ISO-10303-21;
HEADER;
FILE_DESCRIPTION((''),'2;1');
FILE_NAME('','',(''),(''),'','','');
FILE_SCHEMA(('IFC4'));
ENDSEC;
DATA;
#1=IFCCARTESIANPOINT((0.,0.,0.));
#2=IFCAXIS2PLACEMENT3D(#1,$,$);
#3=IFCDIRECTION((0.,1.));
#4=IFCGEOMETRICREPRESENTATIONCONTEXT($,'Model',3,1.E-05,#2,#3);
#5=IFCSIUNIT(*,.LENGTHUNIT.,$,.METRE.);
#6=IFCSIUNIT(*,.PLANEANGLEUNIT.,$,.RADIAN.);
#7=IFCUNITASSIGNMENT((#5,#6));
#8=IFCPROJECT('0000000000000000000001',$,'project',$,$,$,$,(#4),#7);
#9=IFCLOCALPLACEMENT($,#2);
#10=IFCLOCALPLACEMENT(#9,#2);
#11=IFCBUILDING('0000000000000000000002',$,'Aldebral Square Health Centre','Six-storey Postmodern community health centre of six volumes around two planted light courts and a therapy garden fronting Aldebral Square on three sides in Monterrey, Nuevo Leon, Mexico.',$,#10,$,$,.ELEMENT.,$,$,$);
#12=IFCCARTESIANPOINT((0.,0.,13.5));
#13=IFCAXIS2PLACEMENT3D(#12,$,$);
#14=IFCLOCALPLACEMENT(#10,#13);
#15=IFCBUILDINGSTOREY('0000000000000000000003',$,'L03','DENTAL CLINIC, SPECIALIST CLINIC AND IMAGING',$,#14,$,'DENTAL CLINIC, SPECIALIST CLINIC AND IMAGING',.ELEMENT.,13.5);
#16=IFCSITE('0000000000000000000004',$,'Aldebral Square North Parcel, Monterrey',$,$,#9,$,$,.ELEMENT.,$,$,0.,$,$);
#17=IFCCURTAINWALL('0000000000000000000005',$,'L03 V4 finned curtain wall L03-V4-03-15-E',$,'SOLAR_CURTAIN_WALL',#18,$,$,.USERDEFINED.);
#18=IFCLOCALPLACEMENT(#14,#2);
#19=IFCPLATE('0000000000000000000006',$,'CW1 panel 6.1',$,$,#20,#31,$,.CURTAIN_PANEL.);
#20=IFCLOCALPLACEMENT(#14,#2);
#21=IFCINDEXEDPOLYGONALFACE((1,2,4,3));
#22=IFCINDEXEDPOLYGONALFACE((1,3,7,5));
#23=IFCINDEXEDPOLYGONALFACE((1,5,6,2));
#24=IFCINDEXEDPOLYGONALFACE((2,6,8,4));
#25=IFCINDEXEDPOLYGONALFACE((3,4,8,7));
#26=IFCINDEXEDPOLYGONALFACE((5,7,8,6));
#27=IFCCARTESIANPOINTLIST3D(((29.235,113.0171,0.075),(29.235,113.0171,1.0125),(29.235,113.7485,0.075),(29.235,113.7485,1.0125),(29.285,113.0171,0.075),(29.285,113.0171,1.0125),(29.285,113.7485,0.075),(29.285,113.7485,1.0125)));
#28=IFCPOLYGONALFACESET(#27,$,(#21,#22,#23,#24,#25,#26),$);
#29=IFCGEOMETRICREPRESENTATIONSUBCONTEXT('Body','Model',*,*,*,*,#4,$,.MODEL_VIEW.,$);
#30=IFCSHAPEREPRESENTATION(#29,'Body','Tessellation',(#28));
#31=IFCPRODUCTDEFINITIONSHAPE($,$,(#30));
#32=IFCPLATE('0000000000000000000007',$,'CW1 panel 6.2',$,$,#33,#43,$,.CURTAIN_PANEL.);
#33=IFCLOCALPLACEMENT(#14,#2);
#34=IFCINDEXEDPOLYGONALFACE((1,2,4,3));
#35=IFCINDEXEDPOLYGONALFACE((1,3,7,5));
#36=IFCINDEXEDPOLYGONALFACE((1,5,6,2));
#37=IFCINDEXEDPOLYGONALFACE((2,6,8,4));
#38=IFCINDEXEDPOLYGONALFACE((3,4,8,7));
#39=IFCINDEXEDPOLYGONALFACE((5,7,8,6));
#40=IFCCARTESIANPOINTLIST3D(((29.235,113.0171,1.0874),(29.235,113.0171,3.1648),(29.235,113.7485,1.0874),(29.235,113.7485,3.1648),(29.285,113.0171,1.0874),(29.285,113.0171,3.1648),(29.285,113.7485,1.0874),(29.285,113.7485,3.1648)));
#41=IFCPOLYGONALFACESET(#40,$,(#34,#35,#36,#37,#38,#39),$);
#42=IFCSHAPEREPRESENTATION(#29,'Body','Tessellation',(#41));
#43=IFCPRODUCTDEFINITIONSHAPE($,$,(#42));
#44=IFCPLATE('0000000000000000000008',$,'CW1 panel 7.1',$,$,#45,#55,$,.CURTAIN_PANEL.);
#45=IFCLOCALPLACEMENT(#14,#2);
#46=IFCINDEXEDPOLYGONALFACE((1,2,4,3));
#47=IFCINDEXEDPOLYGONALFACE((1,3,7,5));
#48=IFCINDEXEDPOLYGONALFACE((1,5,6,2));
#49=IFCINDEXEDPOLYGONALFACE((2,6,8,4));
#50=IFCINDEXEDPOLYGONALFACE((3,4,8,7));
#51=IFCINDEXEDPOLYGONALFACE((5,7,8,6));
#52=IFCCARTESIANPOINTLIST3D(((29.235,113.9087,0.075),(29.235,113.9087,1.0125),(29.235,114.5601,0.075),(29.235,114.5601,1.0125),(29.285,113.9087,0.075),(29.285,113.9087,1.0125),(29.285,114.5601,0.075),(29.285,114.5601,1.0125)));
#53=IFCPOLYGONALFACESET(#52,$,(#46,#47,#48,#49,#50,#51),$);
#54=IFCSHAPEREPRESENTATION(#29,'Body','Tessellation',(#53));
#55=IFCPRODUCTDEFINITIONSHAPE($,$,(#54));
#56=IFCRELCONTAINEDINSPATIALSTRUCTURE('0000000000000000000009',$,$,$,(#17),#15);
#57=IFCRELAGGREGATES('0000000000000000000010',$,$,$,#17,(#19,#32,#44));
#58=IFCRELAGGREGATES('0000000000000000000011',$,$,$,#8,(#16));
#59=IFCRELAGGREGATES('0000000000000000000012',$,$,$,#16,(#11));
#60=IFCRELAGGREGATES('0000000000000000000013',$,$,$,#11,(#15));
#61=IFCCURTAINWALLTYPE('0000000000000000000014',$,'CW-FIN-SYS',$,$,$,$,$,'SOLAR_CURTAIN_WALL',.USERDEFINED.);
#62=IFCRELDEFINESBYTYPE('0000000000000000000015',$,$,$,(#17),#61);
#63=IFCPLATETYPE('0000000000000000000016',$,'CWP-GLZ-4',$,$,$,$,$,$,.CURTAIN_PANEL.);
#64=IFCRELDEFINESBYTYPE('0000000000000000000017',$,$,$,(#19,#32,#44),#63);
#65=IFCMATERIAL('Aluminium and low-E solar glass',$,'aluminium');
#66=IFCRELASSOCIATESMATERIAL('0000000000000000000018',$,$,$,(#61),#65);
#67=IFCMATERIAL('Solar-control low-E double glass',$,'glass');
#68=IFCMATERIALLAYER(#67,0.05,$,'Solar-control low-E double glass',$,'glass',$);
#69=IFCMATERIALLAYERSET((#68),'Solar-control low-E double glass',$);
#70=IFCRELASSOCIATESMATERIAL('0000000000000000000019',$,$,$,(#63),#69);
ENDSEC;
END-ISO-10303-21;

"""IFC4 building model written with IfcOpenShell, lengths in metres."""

from ifc_helpers import new_model, si_unit, direction, frame, origin, origin_2d, place, context, subcontext, project, spatial, rectangle, extrude, material, layer, layer_set, type_object, element, aggregate, save


model = new_model("IFC4")

# Units and contexts
model_context = context("Model", 3, precision=1e-05, world=origin(), true_north=direction((0.0, 1.0)))
body_context = subcontext(model_context, "Body", "Model", "MODEL_VIEW")
ifc_project = project(units=[si_unit("LENGTHUNIT", "METRE"), si_unit("PLANEANGLEUNIT", "RADIAN")], contexts=[model_context])

# Site, building, storey
site_placement = place(None, origin())
site = spatial("IfcSite", under=ifc_project, at=site_placement, Name="Aldebral Square North Parcel, Monterrey", CompositionType="ELEMENT", RefElevation=0.0)
building_placement = place(site_placement, origin())
building = spatial("IfcBuilding", under=site, at=building_placement, Name="Aldebral Square Health Centre", Description="Six-storey Postmodern community health centre of six volumes around two planted light courts and a therapy garden fronting Aldebral Square on three sides in Monterrey, Nuevo Leon, Mexico.", CompositionType="ELEMENT")
storey_placement = place(building_placement, frame((0.0, 0.0, 13.5)))
storey = spatial("IfcBuildingStorey", under=building, at=storey_placement, Name="L03", Description="DENTAL CLINIC, SPECIALIST CLINIC AND IMAGING", LongName="DENTAL CLINIC, SPECIALIST CLINIC AND IMAGING", CompositionType="ELEMENT", Elevation=13.5)

# Curtain wall, plates
ifc_material_1 = material(Name="Aluminium and low-E solar glass", Category="aluminium")
curtain_wall_type = type_object("IfcCurtainWallType", Name="CW-FIN-SYS", ElementType="SOLAR_CURTAIN_WALL", PredefinedType="USERDEFINED", material=ifc_material_1)
curtain_wall_placement = place(storey_placement, origin())
curtain_wall = element("IfcCurtainWall", 1, at=curtain_wall_placement, inside=storey, type_object=curtain_wall_type, Name="L03 V4 finned curtain wall L03-V4-03-15-E", ObjectType="SOLAR_CURTAIN_WALL", PredefinedType="USERDEFINED")
ifc_material_2 = material(Name="Solar-control low-E double glass", Category="glass")
ifc_layer = layer(ifc_material_2, 0.05, Name="Solar-control low-E double glass", Category="glass")
ifc_layer_set = layer_set([ifc_layer], Name="Solar-control low-E double glass")
plate_type = type_object("IfcPlateType", Name="CWP-GLZ-4", PredefinedType="CURTAIN_PANEL", material=ifc_layer_set)
plate_1_placement = place(storey_placement, frame((29.26, 113.3828, 0.075), z_axis=(0.0, 0.0, 1.0), x_axis=(0.0, 1.0, 0.0)))
plate_1 = element("IfcPlate", 2, at=plate_1_placement, type_object=plate_type, Name="CW1 panel 6.1", PredefinedType="CURTAIN_PANEL", context=body_context, shape_type="SweptSolid", body=[
    extrude(rectangle(XDim=0.7314, YDim=0.05, at=origin_2d()), origin(), (0.0, 0.0, 1.0), 0.9375),
])
plate_2_placement = place(storey_placement, frame((29.26, 113.3828, 1.0874), z_axis=(0.0, 0.0, 1.0), x_axis=(0.0, 1.0, 0.0)))
plate_2 = element("IfcPlate", 3, at=plate_2_placement, type_object=plate_type, Name="CW1 panel 6.2", PredefinedType="CURTAIN_PANEL", context=body_context, shape_type="SweptSolid", body=[
    extrude(rectangle(XDim=0.7314, YDim=0.05, at=origin_2d()), origin(), (0.0, 0.0, 1.0), 2.0774),
])
plate_3_placement = place(storey_placement, frame((29.26, 114.2344, 0.075), z_axis=(0.0, 0.0, 1.0), x_axis=(0.0, 1.0, 0.0)))
plate_3 = element("IfcPlate", 4, at=plate_3_placement, type_object=plate_type, Name="CW1 panel 7.1", PredefinedType="CURTAIN_PANEL", context=body_context, shape_type="SweptSolid", body=[
    extrude(rectangle(XDim=0.6514, YDim=0.05, at=origin_2d()), origin(), (0.0, 0.0, 1.0), 0.9375),
])
aggregate(curtain_wall, [plate_1, plate_2, plate_3])

save(model, "model.ifc")
